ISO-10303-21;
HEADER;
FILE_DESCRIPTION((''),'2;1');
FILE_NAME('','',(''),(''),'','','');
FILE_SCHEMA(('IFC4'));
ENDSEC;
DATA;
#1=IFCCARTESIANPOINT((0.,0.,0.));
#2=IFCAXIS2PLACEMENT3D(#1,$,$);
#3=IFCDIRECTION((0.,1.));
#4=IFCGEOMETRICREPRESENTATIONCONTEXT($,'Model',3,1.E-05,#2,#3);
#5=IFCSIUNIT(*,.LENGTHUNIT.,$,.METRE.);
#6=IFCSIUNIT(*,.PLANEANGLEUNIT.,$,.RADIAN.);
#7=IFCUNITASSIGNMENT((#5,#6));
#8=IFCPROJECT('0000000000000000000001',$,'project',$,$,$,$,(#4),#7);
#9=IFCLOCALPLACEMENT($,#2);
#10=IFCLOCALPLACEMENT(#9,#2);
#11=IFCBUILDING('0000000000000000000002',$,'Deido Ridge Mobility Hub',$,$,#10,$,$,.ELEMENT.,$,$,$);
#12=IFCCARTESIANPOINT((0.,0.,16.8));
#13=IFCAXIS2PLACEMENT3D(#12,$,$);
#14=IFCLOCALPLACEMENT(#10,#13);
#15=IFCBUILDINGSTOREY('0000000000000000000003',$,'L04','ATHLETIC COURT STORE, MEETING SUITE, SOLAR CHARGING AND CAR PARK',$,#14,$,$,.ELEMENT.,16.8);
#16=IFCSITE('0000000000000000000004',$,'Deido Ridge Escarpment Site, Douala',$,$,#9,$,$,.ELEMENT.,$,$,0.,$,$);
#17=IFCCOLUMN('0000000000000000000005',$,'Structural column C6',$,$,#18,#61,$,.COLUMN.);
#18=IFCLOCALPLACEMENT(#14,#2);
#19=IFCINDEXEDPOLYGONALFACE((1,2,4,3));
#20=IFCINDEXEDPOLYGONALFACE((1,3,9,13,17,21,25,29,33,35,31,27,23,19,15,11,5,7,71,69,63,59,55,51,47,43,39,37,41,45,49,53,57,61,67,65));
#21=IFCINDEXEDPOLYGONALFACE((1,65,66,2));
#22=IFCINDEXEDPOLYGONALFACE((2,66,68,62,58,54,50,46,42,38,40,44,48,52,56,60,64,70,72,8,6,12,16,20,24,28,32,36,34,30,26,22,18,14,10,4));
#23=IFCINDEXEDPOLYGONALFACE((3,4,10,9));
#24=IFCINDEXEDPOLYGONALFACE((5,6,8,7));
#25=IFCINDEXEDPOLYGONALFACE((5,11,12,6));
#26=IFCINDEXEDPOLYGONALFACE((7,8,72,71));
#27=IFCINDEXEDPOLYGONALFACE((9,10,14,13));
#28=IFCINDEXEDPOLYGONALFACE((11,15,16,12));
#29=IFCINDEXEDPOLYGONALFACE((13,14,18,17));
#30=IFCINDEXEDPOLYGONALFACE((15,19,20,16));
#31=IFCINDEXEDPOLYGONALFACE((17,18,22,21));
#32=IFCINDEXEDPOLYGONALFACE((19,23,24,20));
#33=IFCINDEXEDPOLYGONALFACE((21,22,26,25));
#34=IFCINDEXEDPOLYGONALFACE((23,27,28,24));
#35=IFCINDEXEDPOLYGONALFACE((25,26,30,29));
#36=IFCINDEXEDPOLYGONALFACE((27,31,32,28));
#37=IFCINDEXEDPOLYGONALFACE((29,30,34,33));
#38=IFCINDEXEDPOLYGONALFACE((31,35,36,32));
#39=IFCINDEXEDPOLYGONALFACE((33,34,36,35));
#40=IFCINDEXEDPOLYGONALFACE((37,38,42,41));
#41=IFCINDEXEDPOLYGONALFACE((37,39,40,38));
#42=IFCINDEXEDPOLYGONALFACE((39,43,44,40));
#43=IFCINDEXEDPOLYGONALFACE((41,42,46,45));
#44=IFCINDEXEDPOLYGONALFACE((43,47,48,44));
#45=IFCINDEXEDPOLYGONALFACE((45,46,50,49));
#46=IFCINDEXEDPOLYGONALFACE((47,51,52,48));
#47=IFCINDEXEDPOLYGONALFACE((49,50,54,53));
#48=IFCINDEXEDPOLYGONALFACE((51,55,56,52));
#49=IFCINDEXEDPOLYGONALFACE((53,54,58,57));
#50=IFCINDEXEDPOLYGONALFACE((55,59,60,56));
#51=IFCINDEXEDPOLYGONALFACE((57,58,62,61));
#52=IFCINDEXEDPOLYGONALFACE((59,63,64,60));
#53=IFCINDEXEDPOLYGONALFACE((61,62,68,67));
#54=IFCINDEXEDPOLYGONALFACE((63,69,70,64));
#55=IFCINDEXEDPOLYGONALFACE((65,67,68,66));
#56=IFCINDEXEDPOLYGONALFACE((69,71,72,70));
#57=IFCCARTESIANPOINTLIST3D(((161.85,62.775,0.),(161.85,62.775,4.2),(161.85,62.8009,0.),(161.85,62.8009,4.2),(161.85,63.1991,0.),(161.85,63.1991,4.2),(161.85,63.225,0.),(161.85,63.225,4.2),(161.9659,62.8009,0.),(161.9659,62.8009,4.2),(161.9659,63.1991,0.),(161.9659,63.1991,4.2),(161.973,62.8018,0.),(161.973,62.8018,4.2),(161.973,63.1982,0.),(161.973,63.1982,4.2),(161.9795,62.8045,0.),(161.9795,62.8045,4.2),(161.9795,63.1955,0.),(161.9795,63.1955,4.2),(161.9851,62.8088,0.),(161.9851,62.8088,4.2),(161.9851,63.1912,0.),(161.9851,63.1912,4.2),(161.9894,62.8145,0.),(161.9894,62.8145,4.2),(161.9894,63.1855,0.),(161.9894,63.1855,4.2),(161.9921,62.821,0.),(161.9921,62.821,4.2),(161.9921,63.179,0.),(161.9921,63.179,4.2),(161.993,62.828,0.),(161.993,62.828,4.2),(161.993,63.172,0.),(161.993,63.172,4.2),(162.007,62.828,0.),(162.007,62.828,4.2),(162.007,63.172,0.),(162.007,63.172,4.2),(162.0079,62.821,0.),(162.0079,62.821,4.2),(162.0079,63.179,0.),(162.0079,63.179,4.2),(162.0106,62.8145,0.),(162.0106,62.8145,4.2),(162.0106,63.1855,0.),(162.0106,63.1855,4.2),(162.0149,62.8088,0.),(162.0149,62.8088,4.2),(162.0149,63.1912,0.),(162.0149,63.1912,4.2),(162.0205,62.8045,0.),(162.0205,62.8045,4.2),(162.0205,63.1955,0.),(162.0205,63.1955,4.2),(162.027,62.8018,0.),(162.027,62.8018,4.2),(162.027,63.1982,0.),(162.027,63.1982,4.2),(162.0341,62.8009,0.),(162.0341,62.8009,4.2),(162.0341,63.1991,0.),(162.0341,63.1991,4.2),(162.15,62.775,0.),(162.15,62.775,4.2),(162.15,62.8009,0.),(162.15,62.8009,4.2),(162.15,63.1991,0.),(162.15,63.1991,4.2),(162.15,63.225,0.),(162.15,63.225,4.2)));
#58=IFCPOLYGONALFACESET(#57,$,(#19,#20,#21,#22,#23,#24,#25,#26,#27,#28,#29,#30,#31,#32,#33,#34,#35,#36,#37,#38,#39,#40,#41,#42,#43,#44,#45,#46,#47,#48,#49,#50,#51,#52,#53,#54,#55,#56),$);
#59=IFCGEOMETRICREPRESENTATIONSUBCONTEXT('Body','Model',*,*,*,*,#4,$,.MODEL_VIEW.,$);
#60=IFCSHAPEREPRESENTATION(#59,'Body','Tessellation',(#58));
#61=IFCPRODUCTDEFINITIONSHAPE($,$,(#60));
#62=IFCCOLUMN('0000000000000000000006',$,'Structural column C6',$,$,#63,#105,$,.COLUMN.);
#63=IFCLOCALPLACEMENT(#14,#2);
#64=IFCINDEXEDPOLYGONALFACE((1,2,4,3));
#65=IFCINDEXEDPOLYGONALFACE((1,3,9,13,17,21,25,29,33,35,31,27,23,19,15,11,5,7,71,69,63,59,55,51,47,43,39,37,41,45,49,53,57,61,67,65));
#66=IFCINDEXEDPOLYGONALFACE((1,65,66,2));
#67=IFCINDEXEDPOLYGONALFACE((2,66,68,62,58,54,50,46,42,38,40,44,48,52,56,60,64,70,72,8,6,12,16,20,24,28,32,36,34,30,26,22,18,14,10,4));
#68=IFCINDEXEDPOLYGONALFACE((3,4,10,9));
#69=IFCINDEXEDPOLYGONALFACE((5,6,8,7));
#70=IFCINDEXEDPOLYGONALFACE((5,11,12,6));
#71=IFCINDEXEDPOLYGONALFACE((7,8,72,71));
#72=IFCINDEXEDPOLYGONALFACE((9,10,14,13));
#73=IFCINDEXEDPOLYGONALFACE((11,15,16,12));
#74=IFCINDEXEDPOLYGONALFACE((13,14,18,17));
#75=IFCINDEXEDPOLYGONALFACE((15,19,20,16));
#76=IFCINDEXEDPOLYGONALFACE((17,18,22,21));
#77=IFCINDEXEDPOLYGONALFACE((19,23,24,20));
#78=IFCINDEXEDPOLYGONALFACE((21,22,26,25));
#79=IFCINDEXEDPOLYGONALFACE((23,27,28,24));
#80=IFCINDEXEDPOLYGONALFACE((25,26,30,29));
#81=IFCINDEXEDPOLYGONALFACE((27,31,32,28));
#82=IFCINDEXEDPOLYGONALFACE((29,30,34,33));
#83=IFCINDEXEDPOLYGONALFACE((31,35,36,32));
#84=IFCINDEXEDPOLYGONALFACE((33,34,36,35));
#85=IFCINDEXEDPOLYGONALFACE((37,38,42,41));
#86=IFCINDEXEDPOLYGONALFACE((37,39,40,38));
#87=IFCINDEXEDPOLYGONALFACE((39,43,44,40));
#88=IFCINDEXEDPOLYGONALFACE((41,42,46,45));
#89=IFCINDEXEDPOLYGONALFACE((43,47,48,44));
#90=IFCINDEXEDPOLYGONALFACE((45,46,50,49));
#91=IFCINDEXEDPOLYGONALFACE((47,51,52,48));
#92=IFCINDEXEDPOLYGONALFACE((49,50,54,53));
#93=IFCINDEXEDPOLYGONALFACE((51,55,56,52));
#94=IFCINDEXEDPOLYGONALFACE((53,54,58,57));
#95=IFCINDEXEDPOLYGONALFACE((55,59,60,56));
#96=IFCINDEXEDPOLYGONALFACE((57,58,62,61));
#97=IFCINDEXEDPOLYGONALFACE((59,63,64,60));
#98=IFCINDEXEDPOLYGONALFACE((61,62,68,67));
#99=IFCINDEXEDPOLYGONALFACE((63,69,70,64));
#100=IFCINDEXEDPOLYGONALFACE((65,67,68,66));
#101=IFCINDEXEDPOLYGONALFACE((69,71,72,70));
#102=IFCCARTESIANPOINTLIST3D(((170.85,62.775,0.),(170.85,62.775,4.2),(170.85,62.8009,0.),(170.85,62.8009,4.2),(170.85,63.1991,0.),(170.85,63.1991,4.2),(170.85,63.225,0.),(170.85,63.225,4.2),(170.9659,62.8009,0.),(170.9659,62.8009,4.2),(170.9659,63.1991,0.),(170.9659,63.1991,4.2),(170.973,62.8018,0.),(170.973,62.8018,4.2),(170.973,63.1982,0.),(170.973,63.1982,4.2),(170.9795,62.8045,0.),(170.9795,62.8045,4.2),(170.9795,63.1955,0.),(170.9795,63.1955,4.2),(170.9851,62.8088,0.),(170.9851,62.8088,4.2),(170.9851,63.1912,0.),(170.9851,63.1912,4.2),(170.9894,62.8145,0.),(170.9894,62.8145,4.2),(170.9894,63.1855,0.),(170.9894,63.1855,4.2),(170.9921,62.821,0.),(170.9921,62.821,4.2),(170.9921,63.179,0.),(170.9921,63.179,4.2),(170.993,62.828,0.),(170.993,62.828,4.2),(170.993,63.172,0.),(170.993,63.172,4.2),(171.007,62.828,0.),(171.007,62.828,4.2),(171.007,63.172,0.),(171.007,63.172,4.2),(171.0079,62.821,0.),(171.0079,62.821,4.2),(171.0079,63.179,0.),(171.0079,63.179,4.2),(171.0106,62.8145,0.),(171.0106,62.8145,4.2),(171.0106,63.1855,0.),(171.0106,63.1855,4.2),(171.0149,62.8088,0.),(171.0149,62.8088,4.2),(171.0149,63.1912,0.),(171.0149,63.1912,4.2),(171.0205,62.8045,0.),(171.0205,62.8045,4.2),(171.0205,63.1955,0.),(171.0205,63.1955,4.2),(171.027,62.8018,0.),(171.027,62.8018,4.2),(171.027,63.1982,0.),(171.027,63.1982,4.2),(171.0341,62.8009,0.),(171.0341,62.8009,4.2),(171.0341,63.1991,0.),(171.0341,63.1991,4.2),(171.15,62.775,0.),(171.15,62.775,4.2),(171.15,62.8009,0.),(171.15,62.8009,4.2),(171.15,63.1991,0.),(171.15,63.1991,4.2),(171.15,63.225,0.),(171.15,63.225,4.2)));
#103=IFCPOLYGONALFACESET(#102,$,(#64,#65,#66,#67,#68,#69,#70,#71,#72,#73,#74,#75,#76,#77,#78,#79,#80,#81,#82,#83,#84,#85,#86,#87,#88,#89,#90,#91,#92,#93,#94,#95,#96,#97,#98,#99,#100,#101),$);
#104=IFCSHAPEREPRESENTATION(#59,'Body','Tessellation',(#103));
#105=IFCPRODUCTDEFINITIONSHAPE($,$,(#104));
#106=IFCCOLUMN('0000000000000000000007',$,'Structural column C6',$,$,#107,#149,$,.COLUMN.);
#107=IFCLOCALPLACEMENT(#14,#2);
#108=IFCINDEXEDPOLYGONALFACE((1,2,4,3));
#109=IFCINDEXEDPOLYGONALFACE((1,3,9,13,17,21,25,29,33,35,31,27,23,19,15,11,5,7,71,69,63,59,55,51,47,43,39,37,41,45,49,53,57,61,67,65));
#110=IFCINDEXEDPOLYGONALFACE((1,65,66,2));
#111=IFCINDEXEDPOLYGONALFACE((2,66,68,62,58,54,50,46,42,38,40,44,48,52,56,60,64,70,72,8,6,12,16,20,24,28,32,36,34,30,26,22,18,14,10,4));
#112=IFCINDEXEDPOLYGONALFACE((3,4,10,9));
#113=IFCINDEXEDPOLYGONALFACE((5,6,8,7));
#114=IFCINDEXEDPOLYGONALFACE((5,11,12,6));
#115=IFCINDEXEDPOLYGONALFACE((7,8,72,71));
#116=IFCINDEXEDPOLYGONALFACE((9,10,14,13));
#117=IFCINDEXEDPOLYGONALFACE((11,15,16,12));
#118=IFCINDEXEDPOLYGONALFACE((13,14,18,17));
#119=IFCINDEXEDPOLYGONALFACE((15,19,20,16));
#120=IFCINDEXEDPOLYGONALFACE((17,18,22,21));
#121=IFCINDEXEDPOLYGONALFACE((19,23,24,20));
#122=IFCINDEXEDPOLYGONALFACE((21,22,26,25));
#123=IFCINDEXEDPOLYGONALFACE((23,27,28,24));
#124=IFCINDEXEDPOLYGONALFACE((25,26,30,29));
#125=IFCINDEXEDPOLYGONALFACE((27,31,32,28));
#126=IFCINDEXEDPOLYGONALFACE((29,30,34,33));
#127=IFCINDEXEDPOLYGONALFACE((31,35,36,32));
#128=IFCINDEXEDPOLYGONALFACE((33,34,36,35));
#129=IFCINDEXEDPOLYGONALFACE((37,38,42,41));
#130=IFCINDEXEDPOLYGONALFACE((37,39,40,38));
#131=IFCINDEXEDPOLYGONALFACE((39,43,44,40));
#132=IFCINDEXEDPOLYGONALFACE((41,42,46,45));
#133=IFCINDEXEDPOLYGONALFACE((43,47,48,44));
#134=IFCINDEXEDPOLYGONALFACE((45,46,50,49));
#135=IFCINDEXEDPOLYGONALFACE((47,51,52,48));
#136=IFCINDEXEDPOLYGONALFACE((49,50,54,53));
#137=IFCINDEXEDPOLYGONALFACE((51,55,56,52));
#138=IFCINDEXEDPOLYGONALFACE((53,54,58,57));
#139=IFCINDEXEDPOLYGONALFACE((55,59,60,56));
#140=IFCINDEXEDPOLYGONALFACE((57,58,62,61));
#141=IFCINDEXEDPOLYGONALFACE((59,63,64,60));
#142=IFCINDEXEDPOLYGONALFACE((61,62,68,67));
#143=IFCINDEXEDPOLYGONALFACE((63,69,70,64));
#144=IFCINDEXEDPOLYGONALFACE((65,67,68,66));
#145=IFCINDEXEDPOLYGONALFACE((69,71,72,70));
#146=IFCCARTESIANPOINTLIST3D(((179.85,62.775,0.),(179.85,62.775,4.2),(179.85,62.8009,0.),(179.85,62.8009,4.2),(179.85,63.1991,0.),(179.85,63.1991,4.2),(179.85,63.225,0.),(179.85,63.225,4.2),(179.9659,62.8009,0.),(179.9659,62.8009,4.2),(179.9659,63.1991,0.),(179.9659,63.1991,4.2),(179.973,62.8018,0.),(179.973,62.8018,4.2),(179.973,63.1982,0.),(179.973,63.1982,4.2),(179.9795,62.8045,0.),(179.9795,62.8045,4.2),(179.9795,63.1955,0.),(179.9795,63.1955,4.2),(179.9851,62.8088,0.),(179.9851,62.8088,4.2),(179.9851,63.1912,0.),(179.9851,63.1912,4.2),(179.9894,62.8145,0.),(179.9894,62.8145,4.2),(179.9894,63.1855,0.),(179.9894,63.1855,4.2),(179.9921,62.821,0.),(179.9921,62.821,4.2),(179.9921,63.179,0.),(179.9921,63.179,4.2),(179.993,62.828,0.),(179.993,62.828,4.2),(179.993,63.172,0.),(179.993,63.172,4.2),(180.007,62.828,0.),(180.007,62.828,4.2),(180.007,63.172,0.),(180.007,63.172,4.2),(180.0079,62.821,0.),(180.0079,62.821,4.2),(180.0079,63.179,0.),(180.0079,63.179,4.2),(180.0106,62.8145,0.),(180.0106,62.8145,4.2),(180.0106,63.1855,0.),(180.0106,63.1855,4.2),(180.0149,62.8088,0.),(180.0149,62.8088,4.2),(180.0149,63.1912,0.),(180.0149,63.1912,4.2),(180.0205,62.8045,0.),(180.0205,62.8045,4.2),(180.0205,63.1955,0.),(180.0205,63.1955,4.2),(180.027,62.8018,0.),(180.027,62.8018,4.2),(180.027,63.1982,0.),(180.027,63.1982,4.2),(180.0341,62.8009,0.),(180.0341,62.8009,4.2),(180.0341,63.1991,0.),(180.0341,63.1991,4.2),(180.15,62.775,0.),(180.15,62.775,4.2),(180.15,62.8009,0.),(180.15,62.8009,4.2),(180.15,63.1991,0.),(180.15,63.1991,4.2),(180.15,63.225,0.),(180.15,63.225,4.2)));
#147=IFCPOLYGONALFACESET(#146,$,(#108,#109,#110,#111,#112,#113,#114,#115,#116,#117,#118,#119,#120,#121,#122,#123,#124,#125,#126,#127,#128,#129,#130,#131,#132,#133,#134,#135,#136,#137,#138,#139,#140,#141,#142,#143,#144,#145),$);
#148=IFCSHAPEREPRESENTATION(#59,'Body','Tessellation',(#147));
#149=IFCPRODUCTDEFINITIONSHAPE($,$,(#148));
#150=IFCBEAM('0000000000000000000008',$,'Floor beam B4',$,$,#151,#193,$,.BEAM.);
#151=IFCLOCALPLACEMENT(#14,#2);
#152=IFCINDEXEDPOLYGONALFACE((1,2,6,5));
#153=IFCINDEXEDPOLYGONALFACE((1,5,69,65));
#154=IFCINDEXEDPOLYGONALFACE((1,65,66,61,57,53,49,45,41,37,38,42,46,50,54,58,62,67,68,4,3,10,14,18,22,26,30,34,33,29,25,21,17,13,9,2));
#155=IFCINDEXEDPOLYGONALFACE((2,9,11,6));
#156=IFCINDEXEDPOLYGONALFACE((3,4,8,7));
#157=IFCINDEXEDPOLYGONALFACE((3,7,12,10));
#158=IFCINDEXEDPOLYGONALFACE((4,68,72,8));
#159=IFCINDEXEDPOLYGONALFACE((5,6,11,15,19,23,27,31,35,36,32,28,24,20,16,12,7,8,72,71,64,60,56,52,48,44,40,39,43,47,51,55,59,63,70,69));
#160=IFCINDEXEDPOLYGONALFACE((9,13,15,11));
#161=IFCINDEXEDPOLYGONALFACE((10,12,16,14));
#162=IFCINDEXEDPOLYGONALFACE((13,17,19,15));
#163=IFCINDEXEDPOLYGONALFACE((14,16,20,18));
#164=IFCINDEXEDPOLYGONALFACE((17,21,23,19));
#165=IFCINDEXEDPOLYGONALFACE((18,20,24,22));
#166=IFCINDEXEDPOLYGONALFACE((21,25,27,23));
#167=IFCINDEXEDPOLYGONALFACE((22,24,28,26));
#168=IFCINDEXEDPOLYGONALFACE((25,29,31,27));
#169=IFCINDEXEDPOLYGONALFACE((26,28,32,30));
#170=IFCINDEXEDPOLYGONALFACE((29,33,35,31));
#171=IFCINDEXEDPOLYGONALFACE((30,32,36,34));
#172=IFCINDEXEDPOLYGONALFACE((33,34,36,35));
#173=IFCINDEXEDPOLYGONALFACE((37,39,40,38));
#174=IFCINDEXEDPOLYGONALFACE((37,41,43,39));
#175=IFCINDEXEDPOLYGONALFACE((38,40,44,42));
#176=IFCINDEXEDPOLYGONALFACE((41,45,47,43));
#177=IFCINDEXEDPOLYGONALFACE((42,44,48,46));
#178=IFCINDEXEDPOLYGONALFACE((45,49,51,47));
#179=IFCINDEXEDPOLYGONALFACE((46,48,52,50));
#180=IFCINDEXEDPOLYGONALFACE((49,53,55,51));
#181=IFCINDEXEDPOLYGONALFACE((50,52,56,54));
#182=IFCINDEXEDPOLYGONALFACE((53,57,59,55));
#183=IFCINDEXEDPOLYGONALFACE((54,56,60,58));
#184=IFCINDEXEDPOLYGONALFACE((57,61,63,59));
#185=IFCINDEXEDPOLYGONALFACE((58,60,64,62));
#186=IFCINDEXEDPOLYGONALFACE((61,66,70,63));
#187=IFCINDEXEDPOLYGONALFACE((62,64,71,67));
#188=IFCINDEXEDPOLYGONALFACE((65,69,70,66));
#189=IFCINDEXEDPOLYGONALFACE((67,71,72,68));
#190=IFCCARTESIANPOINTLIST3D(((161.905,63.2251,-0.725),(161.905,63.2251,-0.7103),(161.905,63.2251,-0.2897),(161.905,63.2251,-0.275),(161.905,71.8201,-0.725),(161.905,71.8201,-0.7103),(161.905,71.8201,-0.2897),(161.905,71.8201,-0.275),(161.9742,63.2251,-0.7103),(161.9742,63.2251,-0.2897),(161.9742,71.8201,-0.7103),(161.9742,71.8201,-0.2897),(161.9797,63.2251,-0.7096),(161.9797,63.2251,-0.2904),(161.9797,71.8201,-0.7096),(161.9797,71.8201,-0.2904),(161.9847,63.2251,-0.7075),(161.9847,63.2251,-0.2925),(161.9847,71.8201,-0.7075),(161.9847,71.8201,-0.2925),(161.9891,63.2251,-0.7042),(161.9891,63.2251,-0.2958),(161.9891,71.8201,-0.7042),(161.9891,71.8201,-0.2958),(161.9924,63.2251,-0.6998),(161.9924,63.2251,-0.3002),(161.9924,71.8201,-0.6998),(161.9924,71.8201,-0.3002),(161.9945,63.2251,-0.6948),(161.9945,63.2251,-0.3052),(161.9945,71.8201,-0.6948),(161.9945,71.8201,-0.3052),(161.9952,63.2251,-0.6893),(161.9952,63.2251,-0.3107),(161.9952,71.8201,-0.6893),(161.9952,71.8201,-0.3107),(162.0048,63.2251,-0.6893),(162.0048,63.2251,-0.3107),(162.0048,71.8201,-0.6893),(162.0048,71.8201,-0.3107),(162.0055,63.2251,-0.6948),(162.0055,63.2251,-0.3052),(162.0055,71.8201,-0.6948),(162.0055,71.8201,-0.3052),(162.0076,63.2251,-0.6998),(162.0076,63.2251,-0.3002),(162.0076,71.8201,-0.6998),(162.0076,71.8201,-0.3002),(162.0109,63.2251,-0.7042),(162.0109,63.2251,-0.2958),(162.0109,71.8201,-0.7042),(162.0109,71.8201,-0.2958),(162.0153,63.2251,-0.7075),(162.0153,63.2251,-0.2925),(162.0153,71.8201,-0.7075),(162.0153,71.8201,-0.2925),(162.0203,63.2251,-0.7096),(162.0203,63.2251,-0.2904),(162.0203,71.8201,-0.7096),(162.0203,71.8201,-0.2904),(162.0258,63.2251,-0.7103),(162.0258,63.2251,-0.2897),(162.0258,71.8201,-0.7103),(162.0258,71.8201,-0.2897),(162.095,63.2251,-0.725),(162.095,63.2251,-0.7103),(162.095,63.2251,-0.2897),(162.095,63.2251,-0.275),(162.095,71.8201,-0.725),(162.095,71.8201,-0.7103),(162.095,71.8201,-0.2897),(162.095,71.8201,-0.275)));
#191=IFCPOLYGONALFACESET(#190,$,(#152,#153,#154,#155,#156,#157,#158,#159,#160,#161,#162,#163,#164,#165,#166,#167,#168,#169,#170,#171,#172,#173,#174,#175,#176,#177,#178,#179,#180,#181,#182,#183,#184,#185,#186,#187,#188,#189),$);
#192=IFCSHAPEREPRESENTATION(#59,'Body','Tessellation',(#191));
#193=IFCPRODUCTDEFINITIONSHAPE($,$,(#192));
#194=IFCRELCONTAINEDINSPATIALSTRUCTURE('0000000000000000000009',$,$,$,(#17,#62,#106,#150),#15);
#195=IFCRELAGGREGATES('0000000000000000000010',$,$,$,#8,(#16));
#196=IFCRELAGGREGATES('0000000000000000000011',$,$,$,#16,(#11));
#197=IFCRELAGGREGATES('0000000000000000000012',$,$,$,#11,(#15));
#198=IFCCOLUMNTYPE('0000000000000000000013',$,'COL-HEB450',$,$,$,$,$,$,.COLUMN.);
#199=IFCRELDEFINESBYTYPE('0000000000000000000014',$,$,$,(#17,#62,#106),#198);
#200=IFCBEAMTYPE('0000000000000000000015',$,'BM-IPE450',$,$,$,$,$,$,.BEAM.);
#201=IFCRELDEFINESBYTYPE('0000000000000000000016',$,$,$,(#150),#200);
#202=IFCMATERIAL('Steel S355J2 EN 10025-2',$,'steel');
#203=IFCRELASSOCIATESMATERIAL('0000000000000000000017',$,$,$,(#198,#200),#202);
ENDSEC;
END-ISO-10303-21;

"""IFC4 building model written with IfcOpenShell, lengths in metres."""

from ifc_helpers import new_model, si_unit, direction, frame, origin, origin_2d, place, context, subcontext, project, spatial, i_section, extrude, material, material_profile, profile_set, type_object, element, save


model = new_model("IFC4")

# Units and contexts
model_context = context("Model", 3, precision=1e-05, world=origin(), true_north=direction((0.0, 1.0)))
body_context = subcontext(model_context, "Body", "Model", "MODEL_VIEW")
ifc_project = project(units=[si_unit("LENGTHUNIT", "METRE"), si_unit("PLANEANGLEUNIT", "RADIAN")], contexts=[model_context])

# Site, building, storey
site_placement = place(None, origin())
site = spatial("IfcSite", under=ifc_project, at=site_placement, Name="Deido Ridge Escarpment Site, Douala", CompositionType="ELEMENT", RefElevation=0.0)
building_placement = place(site_placement, origin())
building = spatial("IfcBuilding", under=site, at=building_placement, Name="Deido Ridge Mobility Hub", CompositionType="ELEMENT")
storey_placement = place(building_placement, frame((0.0, 0.0, 16.8)))
storey = spatial("IfcBuildingStorey", under=building, at=storey_placement, Name="L04", Description="ATHLETIC COURT STORE, MEETING SUITE, SOLAR CHARGING AND CAR PARK", CompositionType="ELEMENT", Elevation=16.8)

# Columns
ifc_material_1 = material(Name="Steel S355J2 EN 10025-2", Category="steel")
ifc_material_profile_1 = material_profile(ifc_material_1, i_section(OverallWidth=0.3, OverallDepth=0.45, WebThickness=0.0139, FlangeThickness=0.0259, FilletRadius=0.0271, at=origin_2d()), Name="HEB 450")
ifc_profile_set_1 = profile_set([ifc_material_profile_1], Name="Steel S355J2 EN 10025-2")
column_type = type_object("IfcColumnType", Name="COL-HEB450", PredefinedType="COLUMN", material=ifc_profile_set_1)
for number, where, z_axis, x_axis, name in (
    (1, (162.0, 63.0, 0.0), (0.0, 0.0, 1.0), (1.0, 0.0, 0.0), "Structural column C6"),
    (2, (171.0, 63.0, 0.0), (0.0, 0.0, 1.0), (1.0, 0.0, 0.0), "Structural column C6"),
    (3, (180.0, 63.0, 0.0), (0.0, 0.0, 1.0), (1.0, 0.0, 0.0), "Structural column C6"),
):
    element("IfcColumn", number, at=place(storey_placement, frame(where, z_axis=z_axis, x_axis=x_axis)), inside=storey, type_object=column_type, Name=name, PredefinedType="COLUMN", context=body_context, shape_type="SweptSolid", body=[
        extrude(i_section(OverallWidth=0.3, OverallDepth=0.45, WebThickness=0.0139, FlangeThickness=0.0259, FilletRadius=0.0271, at=origin_2d()), origin(), (0.0, 0.0, 1.0), 4.2),
    ])

# Beam
ifc_material_profile_2 = material_profile(ifc_material_1, i_section(OverallWidth=0.1899, OverallDepth=0.45, WebThickness=0.0095, FlangeThickness=0.0146, FilletRadius=0.021, at=origin_2d()), Name="IPE 450")
ifc_profile_set_2 = profile_set([ifc_material_profile_2], Name="Steel S355J2 EN 10025-2")
beam_type_1 = type_object("IfcBeamType", Name="BM-IPE450", PredefinedType="BEAM", material=ifc_profile_set_2)
for number, where, z_axis, x_axis, name in (
    (4, (162.0, 63.2251, -0.5), (0.0, 1.0, 0.0), (-1.0, 0.0, 0.0), "Floor beam B4"),
):
    element("IfcBeam", number, at=place(storey_placement, frame(where, z_axis=z_axis, x_axis=x_axis)), inside=storey, type_object=beam_type_1, Name=name, PredefinedType="BEAM", context=body_context, shape_type="SweptSolid", body=[
        extrude(i_section(OverallWidth=0.1899, OverallDepth=0.45, WebThickness=0.0095, FlangeThickness=0.0146, FilletRadius=0.021, at=origin_2d()), origin(), (0.0, 0.0, 1.0), 8.595),
    ])

save(model, "model.ifc")
